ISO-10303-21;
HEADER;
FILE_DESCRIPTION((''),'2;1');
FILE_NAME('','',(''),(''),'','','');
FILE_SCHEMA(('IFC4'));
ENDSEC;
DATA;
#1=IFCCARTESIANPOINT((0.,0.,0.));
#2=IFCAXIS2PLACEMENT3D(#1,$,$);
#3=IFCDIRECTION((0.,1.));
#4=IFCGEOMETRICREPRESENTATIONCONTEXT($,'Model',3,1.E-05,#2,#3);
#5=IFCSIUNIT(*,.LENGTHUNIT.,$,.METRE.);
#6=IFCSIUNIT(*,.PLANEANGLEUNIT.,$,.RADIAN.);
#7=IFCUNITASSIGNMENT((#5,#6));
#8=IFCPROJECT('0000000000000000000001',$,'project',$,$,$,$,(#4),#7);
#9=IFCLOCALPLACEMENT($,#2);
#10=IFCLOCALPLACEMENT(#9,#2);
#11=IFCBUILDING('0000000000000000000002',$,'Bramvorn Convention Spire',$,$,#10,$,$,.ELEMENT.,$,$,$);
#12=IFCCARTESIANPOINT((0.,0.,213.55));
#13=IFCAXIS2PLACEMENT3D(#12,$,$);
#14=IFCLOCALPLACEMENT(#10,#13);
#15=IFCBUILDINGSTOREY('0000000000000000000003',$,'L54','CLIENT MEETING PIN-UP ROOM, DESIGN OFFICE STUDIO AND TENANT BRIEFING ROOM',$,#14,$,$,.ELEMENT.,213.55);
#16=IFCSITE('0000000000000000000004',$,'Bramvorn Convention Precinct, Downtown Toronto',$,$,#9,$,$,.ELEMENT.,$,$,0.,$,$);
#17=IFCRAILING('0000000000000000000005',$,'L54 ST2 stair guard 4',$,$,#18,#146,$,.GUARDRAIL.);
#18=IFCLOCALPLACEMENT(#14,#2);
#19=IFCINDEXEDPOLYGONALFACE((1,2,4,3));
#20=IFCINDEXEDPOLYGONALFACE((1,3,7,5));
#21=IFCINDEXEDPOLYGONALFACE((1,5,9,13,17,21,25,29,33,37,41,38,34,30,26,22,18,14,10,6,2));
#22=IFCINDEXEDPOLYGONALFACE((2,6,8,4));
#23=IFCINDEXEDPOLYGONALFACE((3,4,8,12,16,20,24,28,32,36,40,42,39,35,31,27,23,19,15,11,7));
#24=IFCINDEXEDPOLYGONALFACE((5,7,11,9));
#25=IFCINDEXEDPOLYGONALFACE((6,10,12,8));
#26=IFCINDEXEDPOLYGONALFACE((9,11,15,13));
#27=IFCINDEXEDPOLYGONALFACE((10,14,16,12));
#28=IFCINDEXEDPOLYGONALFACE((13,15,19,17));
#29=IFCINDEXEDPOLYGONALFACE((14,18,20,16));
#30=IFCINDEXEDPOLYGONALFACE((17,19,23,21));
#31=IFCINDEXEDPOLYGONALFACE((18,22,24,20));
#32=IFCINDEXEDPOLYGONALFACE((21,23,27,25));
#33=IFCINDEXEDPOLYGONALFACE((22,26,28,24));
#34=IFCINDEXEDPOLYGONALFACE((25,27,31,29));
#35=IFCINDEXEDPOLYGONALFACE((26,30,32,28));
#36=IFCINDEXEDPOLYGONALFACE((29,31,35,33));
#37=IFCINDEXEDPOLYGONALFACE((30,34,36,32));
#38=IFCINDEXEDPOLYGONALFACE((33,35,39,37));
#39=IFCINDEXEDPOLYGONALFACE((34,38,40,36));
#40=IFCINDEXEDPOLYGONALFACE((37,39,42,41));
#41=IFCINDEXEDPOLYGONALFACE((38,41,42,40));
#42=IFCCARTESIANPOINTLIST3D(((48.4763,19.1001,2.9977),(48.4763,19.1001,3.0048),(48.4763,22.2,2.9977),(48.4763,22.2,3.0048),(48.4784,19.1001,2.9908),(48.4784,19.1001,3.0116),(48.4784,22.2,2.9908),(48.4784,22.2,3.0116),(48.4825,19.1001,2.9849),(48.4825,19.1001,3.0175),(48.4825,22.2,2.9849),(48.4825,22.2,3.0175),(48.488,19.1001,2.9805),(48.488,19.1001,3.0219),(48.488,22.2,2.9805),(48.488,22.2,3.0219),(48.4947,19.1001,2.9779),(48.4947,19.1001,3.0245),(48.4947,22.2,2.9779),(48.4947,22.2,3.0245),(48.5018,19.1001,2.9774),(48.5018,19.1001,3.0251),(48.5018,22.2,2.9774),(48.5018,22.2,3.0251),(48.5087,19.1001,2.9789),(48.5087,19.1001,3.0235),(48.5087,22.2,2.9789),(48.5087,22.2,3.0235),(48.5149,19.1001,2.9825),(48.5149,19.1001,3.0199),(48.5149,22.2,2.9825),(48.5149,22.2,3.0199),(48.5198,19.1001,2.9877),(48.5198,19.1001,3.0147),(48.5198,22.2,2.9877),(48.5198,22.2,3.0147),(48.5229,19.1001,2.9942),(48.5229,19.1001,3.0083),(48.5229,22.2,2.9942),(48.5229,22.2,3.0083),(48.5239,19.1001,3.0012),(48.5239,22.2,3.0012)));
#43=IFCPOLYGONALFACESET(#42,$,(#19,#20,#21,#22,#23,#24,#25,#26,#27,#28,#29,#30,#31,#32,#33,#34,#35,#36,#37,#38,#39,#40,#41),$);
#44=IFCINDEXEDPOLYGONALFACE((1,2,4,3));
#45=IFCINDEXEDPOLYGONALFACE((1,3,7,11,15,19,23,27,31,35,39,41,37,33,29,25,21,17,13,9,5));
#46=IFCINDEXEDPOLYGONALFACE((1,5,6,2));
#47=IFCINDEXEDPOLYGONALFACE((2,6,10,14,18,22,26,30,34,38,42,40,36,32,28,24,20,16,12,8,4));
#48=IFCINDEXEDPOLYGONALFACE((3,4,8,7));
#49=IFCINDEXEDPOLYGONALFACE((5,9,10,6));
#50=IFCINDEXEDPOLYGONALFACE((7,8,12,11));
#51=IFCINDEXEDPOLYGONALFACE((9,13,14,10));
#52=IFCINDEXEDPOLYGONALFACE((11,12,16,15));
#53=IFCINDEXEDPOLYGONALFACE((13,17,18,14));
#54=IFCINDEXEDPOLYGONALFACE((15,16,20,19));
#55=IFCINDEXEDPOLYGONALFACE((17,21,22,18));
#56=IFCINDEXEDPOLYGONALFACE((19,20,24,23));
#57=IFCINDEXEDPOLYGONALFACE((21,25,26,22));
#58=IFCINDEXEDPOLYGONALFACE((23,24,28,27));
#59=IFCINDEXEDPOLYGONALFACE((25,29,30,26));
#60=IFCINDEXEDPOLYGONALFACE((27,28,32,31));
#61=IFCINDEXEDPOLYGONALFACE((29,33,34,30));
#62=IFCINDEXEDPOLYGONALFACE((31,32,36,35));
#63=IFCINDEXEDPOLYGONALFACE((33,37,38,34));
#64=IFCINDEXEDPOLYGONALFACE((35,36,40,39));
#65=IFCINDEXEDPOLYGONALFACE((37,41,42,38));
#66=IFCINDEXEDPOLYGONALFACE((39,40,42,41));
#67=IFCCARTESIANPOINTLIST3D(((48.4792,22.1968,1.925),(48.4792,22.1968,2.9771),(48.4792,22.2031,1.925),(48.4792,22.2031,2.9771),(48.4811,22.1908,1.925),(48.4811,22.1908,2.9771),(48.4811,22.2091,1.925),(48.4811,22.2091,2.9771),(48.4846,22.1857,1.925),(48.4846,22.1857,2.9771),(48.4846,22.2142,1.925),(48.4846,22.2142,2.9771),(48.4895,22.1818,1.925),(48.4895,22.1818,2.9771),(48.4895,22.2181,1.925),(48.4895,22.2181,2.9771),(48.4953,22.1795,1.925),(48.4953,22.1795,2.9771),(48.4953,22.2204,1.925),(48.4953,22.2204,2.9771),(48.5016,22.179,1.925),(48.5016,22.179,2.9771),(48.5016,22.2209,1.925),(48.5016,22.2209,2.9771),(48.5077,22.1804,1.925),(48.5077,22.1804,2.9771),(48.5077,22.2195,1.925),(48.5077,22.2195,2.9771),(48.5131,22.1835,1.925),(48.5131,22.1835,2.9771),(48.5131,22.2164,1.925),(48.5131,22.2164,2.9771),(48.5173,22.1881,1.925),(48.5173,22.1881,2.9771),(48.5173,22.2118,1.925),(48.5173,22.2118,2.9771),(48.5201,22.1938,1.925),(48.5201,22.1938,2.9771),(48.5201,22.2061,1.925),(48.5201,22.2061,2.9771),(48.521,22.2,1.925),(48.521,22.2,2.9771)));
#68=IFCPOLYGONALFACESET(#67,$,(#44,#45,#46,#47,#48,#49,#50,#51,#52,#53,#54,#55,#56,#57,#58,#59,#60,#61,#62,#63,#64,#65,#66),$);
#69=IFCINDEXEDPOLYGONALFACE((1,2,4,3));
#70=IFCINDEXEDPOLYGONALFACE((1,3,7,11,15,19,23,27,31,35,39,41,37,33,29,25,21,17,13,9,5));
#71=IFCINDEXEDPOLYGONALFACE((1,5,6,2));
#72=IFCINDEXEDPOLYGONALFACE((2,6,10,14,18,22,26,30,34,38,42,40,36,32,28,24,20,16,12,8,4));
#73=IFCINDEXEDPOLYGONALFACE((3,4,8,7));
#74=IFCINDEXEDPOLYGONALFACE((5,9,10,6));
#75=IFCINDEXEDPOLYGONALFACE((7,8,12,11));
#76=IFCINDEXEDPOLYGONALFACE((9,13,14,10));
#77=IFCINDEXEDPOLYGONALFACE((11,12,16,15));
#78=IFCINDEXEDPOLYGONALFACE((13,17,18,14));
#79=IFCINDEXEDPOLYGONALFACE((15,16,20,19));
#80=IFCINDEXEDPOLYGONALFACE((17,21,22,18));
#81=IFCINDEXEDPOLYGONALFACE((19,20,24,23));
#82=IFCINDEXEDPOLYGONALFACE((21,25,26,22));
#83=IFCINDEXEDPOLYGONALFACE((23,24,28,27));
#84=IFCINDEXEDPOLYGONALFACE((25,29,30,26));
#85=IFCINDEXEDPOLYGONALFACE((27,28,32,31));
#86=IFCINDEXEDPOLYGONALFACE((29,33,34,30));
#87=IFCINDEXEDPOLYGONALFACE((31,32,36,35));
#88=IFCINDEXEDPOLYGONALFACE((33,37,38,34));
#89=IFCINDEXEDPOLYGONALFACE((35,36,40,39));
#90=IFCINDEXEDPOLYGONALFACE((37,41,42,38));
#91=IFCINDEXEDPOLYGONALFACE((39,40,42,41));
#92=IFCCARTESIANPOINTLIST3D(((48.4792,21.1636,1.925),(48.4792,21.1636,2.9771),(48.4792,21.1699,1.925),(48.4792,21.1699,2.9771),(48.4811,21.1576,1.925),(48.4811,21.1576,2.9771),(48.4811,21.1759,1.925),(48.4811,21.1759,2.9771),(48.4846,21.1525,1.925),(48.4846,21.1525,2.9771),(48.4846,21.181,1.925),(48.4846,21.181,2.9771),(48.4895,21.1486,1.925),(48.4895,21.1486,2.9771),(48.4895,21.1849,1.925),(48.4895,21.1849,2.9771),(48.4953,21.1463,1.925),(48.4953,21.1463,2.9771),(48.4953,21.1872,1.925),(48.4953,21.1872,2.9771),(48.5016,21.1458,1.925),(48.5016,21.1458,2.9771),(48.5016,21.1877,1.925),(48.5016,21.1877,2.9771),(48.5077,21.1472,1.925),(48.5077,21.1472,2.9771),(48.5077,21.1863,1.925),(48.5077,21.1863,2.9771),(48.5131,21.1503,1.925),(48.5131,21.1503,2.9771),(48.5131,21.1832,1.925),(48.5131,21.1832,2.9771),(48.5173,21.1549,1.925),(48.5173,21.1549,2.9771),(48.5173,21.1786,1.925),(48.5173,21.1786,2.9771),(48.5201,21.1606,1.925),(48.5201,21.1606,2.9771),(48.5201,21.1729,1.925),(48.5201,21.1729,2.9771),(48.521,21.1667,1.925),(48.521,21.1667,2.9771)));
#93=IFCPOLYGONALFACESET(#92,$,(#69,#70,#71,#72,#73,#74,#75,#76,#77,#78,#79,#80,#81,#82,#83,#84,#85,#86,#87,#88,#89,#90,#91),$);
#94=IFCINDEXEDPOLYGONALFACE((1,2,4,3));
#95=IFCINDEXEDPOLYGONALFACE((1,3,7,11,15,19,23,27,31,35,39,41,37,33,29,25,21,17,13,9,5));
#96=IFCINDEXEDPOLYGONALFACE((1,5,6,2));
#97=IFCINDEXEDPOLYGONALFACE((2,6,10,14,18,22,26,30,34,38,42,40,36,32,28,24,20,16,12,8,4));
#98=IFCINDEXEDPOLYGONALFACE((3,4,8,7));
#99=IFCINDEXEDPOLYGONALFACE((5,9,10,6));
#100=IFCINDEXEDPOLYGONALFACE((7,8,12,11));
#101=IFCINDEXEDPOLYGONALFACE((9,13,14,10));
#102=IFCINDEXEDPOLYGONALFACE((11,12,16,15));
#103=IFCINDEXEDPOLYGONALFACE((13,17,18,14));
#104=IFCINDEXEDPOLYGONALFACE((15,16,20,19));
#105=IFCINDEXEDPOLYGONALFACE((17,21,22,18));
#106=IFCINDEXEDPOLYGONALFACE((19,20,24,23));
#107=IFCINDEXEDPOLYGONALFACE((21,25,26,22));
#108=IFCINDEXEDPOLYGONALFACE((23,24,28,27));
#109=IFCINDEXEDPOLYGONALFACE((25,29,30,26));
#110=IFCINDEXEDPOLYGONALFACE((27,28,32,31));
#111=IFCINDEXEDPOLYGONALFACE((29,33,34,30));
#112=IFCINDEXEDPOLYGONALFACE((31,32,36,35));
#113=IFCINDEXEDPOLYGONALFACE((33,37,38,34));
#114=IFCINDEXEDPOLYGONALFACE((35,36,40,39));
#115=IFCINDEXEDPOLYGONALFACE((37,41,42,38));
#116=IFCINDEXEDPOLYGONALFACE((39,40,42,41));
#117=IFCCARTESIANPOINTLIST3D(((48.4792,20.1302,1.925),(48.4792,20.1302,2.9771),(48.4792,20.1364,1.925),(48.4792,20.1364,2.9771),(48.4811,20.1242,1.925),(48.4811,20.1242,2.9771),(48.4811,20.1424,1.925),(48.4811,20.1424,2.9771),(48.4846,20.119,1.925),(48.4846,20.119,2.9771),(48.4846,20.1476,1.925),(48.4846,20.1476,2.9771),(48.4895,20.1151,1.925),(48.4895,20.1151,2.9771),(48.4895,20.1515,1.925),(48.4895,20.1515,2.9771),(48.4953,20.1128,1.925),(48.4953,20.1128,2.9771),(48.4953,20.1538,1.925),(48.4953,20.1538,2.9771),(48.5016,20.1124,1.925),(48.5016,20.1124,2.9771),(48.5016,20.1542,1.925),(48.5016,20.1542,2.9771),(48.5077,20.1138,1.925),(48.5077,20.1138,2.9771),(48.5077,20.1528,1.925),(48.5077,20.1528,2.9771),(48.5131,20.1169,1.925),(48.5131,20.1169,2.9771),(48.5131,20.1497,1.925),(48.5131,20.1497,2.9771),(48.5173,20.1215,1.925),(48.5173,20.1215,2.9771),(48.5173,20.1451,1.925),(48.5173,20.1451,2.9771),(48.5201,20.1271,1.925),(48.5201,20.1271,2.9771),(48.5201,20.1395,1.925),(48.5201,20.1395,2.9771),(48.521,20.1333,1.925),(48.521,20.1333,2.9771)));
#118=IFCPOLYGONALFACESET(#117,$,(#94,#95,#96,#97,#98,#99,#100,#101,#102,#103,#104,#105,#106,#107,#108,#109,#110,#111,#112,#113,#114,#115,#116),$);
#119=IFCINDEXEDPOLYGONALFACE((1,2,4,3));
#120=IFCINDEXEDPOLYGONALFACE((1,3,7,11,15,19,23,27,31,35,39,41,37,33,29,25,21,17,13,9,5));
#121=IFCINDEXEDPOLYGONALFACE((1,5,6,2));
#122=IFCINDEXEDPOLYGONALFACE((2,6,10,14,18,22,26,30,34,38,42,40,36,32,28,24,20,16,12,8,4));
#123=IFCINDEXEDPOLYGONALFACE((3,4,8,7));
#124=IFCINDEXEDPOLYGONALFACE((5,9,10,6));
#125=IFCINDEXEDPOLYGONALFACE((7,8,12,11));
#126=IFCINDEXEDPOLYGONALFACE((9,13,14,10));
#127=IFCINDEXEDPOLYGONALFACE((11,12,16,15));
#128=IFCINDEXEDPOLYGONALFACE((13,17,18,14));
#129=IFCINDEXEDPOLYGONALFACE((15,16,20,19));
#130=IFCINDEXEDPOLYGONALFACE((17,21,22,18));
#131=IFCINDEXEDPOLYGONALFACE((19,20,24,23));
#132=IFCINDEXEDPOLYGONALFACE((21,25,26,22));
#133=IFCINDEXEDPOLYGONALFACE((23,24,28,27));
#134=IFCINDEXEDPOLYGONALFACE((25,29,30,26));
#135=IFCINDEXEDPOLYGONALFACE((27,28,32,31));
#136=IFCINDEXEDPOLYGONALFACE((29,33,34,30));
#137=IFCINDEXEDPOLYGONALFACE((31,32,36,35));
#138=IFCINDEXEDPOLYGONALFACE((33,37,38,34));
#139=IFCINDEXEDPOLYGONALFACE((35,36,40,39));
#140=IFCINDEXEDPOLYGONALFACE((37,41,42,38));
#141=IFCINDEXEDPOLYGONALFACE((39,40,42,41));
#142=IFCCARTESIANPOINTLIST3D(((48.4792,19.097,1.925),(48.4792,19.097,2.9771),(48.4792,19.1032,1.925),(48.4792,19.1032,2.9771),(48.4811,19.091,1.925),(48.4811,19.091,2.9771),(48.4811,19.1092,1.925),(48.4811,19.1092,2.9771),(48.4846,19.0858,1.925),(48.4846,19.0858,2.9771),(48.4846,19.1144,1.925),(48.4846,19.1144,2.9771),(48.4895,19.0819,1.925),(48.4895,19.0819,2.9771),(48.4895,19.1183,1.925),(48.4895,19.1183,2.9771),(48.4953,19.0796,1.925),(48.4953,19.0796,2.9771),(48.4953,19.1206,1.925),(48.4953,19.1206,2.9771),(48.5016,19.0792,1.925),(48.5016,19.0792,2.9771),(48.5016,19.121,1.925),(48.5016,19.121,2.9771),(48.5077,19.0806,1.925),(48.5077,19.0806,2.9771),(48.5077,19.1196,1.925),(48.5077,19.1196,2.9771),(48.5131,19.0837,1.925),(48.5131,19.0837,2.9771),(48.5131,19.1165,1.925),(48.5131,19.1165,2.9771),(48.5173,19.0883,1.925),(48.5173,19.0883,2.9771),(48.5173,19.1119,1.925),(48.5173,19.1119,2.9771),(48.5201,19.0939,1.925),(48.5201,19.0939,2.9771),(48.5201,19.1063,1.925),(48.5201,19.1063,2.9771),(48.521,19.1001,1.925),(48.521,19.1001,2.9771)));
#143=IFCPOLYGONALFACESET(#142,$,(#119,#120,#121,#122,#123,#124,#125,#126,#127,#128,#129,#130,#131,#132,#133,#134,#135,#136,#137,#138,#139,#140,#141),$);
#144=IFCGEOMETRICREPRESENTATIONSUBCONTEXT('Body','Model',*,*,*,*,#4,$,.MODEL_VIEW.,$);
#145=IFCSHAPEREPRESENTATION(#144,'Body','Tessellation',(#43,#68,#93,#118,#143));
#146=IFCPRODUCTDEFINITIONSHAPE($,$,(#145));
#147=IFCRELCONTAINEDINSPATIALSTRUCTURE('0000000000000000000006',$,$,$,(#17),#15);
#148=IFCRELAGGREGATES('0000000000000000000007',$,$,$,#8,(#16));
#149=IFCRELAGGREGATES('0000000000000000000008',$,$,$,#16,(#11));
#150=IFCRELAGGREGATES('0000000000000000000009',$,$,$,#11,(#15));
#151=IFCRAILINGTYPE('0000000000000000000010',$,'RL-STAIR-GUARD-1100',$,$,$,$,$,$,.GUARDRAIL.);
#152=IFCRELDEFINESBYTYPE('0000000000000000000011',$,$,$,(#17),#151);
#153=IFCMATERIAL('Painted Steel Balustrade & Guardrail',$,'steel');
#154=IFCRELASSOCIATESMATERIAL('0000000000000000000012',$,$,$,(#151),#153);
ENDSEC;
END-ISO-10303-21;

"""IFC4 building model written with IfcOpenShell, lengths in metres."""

from ifc_helpers import new_model, si_unit, direction, frame, origin, origin_2d, place, context, subcontext, project, spatial, circle, extrude, material, type_object, element, save


model = new_model("IFC4")

# Units and contexts
model_context = context("Model", 3, precision=1e-05, world=origin(), true_north=direction((0.0, 1.0)))
body_context = subcontext(model_context, "Body", "Model", "MODEL_VIEW")
ifc_project = project(units=[si_unit("LENGTHUNIT", "METRE"), si_unit("PLANEANGLEUNIT", "RADIAN")], contexts=[model_context])

# Site, building, storey
site_placement = place(None, origin())
site = spatial("IfcSite", under=ifc_project, at=site_placement, Name="Bramvorn Convention Precinct, Downtown Toronto", CompositionType="ELEMENT", RefElevation=0.0)
building_placement = place(site_placement, origin())
building = spatial("IfcBuilding", under=site, at=building_placement, Name="Bramvorn Convention Spire", CompositionType="ELEMENT")
storey_placement = place(building_placement, frame((0.0, 0.0, 213.55)))
storey = spatial("IfcBuildingStorey", under=building, at=storey_placement, Name="L54", Description="CLIENT MEETING PIN-UP ROOM, DESIGN OFFICE STUDIO AND TENANT BRIEFING ROOM", CompositionType="ELEMENT", Elevation=213.55)

# Railing
ifc_material_1 = material(Name="Painted Steel Balustrade & Guardrail", Category="steel")
railing_type_1 = type_object("IfcRailingType", Name="RL-STAIR-GUARD-1100", PredefinedType="GUARDRAIL", material=ifc_material_1)
railing_1_placement = place(storey_placement, frame((48.5, 22.2, 1.925)))
element("IfcRailing", 1, at=railing_1_placement, inside=storey, type_object=railing_type_1, Name="L54 ST2 stair guard 4", PredefinedType="GUARDRAIL", context=body_context, shape_type="SweptSolid", body=[
    extrude(circle(Radius=0.0239, at=origin_2d()), frame((0.0, 0.0, 1.0762), z_axis=(0.0, -1.0, 0.0), x_axis=(1.0, 0.0, 0.0)), (0.0, 0.0, 1.0), 3.0999),
    extrude(circle(Radius=0.021, at=origin_2d()), origin(), (0.0, 0.0, 1.0), 1.052),
    extrude(circle(Radius=0.021, at=origin_2d()), frame((0.0, -1.0332, 0.0)), (0.0, 0.0, 1.0), 1.052),
    extrude(circle(Radius=0.021, at=origin_2d()), frame((0.0, -2.0667, 0.0)), (0.0, 0.0, 1.0), 1.052),
    extrude(circle(Radius=0.021, at=origin_2d()), frame((0.0, -3.0999, 0.0)), (0.0, 0.0, 1.0), 1.052),
])

save(model, "model.ifc")
